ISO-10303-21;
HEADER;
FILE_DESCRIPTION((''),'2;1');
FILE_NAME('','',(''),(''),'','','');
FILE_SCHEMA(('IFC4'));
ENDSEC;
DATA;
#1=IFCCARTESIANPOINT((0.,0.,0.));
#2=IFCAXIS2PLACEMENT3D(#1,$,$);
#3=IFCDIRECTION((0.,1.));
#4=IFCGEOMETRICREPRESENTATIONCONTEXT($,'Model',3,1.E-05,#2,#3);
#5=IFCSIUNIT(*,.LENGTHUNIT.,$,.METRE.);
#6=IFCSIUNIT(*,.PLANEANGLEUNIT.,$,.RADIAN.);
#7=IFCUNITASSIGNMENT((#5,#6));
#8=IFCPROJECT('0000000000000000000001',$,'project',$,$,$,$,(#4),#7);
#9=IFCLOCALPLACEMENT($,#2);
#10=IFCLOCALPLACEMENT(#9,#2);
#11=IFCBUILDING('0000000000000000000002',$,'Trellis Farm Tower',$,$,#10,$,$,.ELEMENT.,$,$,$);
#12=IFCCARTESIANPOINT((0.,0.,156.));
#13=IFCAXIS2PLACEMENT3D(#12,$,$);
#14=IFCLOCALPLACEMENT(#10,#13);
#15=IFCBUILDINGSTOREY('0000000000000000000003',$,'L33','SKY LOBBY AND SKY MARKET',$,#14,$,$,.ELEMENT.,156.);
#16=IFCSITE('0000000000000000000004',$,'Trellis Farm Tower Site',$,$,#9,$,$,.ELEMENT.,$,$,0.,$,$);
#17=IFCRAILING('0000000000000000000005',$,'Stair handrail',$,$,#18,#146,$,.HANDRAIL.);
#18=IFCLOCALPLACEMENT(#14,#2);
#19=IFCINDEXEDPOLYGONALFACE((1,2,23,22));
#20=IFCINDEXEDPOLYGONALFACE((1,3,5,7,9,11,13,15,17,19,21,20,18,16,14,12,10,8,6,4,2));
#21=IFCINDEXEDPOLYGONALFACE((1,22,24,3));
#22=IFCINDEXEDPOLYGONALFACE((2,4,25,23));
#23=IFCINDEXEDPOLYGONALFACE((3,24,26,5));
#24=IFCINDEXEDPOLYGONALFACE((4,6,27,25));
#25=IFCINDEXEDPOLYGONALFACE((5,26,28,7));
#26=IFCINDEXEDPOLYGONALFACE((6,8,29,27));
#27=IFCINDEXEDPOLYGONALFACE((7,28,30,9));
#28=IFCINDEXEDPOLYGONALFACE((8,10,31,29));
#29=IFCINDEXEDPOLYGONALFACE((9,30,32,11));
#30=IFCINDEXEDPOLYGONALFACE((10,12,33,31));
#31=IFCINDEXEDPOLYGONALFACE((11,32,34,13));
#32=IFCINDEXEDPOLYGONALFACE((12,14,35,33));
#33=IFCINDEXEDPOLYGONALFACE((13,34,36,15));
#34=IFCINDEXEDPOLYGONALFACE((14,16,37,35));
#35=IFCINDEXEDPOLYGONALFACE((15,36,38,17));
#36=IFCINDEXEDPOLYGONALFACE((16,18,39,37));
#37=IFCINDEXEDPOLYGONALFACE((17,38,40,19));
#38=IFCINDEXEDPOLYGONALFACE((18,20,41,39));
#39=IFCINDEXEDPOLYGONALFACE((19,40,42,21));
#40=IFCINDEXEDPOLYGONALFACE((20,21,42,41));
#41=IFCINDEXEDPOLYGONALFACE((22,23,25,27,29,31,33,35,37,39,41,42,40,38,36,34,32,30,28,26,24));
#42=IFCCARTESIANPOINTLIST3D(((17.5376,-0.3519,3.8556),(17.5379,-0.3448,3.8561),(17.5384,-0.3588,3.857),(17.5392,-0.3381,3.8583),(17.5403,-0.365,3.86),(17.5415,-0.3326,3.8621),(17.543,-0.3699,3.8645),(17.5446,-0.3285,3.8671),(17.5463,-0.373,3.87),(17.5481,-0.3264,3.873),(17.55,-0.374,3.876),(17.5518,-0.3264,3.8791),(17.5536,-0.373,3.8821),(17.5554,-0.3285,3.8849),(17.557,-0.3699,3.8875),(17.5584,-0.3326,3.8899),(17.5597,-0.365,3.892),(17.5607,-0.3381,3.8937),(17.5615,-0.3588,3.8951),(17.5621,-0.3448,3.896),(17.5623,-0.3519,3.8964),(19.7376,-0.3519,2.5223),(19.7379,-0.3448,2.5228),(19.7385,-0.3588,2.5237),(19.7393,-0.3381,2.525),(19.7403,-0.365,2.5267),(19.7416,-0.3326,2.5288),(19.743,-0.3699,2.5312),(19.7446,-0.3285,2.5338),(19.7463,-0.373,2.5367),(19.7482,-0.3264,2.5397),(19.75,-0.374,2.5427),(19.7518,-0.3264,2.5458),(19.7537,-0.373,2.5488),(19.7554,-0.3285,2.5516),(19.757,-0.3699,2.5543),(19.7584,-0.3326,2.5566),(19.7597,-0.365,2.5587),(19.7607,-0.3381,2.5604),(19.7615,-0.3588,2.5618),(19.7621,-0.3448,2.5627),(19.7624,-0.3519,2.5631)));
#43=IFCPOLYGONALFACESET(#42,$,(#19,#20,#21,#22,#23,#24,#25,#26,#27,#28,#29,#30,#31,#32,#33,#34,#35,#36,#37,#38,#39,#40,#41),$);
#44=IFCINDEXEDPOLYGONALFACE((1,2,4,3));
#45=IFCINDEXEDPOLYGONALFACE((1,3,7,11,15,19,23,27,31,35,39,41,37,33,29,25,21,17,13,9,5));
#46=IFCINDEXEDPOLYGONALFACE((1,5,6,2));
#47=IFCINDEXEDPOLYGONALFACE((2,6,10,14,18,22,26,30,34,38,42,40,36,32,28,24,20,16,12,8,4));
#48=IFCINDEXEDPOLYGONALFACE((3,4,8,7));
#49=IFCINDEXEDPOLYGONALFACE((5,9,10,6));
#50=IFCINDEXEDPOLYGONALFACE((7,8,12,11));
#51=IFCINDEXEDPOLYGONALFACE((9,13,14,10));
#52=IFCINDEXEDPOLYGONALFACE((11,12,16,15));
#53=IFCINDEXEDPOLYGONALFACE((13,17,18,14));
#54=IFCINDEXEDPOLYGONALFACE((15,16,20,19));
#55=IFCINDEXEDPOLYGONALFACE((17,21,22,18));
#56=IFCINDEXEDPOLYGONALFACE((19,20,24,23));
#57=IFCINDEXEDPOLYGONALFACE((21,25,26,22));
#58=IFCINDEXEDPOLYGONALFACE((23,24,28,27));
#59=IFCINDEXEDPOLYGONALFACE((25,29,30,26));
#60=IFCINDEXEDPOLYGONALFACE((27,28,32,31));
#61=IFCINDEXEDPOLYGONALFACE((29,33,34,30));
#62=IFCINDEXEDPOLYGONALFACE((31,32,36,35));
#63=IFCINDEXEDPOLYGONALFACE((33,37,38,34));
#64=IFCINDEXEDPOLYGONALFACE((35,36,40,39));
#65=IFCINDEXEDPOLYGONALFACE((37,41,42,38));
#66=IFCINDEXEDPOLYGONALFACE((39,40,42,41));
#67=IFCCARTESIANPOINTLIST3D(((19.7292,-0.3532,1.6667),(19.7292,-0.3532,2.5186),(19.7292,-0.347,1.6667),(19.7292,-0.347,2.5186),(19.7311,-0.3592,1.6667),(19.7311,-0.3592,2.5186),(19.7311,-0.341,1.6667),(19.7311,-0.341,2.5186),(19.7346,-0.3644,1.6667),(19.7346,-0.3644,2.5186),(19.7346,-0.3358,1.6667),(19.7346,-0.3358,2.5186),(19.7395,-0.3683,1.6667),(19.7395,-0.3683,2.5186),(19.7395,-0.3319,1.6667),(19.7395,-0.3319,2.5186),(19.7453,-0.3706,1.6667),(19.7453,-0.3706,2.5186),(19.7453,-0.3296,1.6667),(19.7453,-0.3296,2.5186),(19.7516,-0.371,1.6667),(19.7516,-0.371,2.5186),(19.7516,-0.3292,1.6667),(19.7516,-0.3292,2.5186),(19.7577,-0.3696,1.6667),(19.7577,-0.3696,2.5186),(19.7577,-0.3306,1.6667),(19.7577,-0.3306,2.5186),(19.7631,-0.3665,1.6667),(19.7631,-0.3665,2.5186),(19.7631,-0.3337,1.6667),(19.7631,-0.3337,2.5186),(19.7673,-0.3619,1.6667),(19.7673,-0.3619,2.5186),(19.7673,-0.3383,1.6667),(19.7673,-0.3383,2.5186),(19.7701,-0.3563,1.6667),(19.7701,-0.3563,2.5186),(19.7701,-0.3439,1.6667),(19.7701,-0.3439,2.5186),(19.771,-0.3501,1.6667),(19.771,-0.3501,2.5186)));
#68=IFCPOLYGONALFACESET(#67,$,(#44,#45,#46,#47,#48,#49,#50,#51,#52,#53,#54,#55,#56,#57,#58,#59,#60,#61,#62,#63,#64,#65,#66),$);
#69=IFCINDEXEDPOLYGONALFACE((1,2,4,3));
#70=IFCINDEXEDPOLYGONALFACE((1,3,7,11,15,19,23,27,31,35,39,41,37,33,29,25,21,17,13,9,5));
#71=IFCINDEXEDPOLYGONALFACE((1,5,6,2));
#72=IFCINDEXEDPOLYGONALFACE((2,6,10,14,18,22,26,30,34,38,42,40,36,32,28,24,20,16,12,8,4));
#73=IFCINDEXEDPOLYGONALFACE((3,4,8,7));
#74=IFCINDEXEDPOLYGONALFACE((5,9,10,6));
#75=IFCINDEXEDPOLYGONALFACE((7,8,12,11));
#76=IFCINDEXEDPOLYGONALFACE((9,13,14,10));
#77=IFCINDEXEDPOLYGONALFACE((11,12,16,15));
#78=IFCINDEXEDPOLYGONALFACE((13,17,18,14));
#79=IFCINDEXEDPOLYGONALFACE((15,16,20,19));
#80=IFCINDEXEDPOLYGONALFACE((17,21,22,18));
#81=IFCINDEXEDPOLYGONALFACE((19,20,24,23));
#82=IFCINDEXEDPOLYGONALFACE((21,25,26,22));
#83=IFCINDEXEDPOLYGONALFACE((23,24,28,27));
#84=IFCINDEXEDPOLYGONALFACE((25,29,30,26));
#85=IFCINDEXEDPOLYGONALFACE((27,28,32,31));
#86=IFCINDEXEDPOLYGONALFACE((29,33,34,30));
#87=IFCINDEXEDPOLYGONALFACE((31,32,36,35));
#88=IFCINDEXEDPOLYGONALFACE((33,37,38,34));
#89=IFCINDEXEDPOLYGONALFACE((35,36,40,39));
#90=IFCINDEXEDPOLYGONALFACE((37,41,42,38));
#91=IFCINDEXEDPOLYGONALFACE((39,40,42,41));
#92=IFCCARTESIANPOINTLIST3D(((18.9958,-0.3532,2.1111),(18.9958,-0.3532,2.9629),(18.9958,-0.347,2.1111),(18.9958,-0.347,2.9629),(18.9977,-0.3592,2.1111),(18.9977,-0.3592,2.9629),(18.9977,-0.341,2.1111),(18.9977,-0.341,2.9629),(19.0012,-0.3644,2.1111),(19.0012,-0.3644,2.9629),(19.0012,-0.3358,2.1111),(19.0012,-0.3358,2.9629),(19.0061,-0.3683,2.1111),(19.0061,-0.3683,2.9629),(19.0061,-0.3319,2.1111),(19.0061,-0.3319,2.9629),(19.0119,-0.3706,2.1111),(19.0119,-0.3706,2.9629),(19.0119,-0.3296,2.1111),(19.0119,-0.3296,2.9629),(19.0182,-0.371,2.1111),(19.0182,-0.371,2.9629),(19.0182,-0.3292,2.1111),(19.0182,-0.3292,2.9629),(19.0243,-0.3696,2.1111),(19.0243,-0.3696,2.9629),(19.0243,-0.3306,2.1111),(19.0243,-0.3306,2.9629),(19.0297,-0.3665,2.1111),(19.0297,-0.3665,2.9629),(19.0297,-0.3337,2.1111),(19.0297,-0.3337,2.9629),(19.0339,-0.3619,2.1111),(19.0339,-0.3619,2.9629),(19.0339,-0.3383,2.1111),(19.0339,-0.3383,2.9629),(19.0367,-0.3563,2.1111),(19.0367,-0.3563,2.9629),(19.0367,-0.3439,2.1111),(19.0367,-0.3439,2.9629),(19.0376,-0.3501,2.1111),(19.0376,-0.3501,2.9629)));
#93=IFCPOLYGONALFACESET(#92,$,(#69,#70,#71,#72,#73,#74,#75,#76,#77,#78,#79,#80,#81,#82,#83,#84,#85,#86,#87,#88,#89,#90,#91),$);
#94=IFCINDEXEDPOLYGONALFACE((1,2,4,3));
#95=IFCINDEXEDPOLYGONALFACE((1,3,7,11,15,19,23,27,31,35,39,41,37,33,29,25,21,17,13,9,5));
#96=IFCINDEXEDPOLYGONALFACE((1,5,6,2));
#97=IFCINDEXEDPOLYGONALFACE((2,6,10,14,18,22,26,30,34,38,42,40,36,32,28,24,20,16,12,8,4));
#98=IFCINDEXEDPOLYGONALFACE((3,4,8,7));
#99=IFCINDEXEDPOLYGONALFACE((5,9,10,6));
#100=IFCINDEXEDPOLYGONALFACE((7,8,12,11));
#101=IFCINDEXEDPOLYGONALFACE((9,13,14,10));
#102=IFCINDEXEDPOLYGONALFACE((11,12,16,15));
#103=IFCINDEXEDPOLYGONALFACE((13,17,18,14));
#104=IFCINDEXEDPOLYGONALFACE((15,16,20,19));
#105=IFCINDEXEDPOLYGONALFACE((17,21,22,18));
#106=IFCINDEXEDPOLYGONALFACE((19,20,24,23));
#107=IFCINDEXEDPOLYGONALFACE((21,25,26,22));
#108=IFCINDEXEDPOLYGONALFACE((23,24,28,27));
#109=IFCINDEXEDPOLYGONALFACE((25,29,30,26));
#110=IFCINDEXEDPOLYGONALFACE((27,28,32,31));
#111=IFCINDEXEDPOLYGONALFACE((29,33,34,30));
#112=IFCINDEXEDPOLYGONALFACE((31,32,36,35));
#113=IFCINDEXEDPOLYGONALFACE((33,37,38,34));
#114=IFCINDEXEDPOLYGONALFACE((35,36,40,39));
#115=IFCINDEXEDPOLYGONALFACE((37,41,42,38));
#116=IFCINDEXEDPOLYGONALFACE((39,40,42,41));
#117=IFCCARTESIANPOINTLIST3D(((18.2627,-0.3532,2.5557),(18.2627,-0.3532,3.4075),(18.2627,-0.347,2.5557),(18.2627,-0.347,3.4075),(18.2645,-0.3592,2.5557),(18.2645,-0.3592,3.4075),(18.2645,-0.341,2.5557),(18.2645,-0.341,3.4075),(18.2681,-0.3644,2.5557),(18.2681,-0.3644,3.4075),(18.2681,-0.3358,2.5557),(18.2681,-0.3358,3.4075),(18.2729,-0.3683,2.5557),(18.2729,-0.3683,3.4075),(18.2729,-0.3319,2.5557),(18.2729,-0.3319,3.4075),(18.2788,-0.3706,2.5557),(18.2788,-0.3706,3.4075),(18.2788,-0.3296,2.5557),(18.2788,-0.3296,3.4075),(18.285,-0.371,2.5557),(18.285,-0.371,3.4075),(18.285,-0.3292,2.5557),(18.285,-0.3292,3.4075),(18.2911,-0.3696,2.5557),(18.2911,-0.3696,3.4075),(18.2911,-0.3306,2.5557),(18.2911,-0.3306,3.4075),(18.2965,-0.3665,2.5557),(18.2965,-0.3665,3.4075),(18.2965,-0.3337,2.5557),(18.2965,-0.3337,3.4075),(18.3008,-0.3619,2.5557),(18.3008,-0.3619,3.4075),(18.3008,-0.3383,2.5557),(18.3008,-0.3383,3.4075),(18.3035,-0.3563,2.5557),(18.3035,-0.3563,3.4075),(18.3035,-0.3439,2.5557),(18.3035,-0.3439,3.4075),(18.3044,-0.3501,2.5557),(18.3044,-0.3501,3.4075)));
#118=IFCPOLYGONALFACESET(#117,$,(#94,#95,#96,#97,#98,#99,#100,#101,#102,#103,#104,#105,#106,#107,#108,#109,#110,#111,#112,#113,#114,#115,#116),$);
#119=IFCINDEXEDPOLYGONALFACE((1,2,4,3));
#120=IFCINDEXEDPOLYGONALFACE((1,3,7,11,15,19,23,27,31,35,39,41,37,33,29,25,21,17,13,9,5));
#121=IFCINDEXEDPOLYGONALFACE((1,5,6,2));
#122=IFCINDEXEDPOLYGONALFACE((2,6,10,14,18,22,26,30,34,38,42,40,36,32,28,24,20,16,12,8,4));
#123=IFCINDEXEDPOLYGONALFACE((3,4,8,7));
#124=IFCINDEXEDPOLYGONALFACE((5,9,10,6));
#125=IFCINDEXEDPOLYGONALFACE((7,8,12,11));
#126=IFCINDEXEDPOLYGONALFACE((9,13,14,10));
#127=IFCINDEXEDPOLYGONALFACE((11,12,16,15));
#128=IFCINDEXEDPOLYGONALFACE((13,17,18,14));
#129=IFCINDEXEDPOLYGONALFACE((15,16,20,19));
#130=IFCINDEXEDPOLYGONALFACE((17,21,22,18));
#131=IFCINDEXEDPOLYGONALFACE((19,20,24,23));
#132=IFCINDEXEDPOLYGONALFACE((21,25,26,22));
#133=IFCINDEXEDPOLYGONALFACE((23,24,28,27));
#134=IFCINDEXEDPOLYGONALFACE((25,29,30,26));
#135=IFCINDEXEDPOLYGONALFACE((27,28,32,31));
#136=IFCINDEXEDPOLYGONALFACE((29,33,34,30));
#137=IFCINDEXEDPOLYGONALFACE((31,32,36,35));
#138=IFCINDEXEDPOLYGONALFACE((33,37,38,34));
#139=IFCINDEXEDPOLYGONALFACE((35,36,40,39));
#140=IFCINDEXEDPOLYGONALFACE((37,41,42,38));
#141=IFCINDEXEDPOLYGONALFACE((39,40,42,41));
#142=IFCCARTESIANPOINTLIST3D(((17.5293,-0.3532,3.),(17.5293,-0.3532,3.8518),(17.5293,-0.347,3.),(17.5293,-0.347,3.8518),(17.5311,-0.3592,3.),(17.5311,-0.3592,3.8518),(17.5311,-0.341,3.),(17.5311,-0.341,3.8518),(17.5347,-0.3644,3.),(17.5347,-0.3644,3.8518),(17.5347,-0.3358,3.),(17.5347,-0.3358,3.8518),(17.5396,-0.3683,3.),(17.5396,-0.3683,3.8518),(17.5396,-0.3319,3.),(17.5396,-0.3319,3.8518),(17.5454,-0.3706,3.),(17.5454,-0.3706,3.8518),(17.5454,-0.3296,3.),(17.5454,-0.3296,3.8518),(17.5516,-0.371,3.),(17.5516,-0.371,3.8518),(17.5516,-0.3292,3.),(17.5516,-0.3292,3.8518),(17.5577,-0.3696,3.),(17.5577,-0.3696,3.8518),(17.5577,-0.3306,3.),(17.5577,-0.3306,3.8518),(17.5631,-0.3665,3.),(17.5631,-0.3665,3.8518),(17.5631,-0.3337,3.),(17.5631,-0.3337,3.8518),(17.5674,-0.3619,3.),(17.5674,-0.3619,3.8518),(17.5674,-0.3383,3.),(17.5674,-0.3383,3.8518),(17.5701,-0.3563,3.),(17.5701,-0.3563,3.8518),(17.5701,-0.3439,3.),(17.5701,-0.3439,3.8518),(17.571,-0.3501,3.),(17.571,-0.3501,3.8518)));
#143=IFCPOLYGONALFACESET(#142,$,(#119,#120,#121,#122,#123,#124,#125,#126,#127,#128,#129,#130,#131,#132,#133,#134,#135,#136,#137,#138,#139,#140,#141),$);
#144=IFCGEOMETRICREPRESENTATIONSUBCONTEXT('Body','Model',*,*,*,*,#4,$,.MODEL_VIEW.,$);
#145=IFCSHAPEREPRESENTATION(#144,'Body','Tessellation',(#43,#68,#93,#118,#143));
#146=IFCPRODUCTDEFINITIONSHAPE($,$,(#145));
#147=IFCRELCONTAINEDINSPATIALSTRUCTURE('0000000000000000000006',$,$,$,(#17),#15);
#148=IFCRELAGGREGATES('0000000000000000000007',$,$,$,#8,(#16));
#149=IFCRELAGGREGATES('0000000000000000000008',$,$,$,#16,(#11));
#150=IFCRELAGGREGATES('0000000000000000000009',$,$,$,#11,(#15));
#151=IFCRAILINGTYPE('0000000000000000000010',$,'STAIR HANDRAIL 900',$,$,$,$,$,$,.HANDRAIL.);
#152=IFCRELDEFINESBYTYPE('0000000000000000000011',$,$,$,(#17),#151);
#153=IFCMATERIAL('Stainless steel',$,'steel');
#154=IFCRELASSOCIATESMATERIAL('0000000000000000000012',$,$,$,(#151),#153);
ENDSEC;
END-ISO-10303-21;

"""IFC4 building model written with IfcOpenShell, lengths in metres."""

from ifc_helpers import new_model, si_unit, direction, frame, origin, origin_2d, place, context, subcontext, project, spatial, circle, extrude, source, transform, mapped, material, type_object, element, save


model = new_model("IFC4")

# Units and contexts
model_context = context("Model", 3, precision=1e-05, world=origin(), true_north=direction((0.0, 1.0)))
body_context = subcontext(model_context, "Body", "Model", "MODEL_VIEW")
ifc_project = project(units=[si_unit("LENGTHUNIT", "METRE"), si_unit("PLANEANGLEUNIT", "RADIAN")], contexts=[model_context])

# Site, building, storey
site_placement = place(None, origin())
site = spatial("IfcSite", under=ifc_project, at=site_placement, Name="Trellis Farm Tower Site", CompositionType="ELEMENT", RefElevation=0.0)
building_placement = place(site_placement, origin())
building = spatial("IfcBuilding", under=site, at=building_placement, Name="Trellis Farm Tower", CompositionType="ELEMENT")
storey_placement = place(building_placement, frame((0.0, 0.0, 156.0)))
storey = spatial("IfcBuildingStorey", under=building, at=storey_placement, Name="L33", Description="SKY LOBBY AND SKY MARKET", CompositionType="ELEMENT", Elevation=156.0)

# Shared definitions
ifc_material_1 = material(Name="Stainless steel", Category="steel")

# Railing
railing_type = type_object("IfcRailingType", Name="STAIR HANDRAIL 900", PredefinedType="HANDRAIL", material=ifc_material_1)
shared_shape_1 = source(origin(), body_context, "Body", "SweptSolid", [
    extrude(circle(Radius=0.0239, at=origin_2d()), frame((0.0, 0.0, 0.876), z_axis=(-0.855207, 0.0, 0.518287), x_axis=(0.0, -1.0, 0.0)), (0.0, 0.0, 1.0), 2.5725),
    extrude(circle(Radius=0.021, at=origin_2d()), origin(), (0.0, 0.0, 1.0), 0.8518),
    extrude(circle(Radius=0.021, at=origin_2d()), frame((-0.7334, 0.0, 0.4443)), (0.0, 0.0, 1.0), 0.8518),
    extrude(circle(Radius=0.021, at=origin_2d()), frame((-1.4666, 0.0, 0.8889)), (0.0, 0.0, 1.0), 0.8518),
    extrude(circle(Radius=0.021, at=origin_2d()), frame((-2.2, 0.0, 1.3333)), (0.0, 0.0, 1.0), 0.8518),
])
for number, where, name in (
    (1, (19.75, -0.3501, 1.6667), "Stair handrail"),
):
    element("IfcRailing", number, at=place(storey_placement, frame(where)), inside=storey, type_object=railing_type, Name=name, PredefinedType="HANDRAIL", context=body_context, shape_type="MappedRepresentation", body=[
        mapped(shared_shape_1, transform((0.0, 0.0, 0.0))),
    ])

save(model, "model.ifc")
